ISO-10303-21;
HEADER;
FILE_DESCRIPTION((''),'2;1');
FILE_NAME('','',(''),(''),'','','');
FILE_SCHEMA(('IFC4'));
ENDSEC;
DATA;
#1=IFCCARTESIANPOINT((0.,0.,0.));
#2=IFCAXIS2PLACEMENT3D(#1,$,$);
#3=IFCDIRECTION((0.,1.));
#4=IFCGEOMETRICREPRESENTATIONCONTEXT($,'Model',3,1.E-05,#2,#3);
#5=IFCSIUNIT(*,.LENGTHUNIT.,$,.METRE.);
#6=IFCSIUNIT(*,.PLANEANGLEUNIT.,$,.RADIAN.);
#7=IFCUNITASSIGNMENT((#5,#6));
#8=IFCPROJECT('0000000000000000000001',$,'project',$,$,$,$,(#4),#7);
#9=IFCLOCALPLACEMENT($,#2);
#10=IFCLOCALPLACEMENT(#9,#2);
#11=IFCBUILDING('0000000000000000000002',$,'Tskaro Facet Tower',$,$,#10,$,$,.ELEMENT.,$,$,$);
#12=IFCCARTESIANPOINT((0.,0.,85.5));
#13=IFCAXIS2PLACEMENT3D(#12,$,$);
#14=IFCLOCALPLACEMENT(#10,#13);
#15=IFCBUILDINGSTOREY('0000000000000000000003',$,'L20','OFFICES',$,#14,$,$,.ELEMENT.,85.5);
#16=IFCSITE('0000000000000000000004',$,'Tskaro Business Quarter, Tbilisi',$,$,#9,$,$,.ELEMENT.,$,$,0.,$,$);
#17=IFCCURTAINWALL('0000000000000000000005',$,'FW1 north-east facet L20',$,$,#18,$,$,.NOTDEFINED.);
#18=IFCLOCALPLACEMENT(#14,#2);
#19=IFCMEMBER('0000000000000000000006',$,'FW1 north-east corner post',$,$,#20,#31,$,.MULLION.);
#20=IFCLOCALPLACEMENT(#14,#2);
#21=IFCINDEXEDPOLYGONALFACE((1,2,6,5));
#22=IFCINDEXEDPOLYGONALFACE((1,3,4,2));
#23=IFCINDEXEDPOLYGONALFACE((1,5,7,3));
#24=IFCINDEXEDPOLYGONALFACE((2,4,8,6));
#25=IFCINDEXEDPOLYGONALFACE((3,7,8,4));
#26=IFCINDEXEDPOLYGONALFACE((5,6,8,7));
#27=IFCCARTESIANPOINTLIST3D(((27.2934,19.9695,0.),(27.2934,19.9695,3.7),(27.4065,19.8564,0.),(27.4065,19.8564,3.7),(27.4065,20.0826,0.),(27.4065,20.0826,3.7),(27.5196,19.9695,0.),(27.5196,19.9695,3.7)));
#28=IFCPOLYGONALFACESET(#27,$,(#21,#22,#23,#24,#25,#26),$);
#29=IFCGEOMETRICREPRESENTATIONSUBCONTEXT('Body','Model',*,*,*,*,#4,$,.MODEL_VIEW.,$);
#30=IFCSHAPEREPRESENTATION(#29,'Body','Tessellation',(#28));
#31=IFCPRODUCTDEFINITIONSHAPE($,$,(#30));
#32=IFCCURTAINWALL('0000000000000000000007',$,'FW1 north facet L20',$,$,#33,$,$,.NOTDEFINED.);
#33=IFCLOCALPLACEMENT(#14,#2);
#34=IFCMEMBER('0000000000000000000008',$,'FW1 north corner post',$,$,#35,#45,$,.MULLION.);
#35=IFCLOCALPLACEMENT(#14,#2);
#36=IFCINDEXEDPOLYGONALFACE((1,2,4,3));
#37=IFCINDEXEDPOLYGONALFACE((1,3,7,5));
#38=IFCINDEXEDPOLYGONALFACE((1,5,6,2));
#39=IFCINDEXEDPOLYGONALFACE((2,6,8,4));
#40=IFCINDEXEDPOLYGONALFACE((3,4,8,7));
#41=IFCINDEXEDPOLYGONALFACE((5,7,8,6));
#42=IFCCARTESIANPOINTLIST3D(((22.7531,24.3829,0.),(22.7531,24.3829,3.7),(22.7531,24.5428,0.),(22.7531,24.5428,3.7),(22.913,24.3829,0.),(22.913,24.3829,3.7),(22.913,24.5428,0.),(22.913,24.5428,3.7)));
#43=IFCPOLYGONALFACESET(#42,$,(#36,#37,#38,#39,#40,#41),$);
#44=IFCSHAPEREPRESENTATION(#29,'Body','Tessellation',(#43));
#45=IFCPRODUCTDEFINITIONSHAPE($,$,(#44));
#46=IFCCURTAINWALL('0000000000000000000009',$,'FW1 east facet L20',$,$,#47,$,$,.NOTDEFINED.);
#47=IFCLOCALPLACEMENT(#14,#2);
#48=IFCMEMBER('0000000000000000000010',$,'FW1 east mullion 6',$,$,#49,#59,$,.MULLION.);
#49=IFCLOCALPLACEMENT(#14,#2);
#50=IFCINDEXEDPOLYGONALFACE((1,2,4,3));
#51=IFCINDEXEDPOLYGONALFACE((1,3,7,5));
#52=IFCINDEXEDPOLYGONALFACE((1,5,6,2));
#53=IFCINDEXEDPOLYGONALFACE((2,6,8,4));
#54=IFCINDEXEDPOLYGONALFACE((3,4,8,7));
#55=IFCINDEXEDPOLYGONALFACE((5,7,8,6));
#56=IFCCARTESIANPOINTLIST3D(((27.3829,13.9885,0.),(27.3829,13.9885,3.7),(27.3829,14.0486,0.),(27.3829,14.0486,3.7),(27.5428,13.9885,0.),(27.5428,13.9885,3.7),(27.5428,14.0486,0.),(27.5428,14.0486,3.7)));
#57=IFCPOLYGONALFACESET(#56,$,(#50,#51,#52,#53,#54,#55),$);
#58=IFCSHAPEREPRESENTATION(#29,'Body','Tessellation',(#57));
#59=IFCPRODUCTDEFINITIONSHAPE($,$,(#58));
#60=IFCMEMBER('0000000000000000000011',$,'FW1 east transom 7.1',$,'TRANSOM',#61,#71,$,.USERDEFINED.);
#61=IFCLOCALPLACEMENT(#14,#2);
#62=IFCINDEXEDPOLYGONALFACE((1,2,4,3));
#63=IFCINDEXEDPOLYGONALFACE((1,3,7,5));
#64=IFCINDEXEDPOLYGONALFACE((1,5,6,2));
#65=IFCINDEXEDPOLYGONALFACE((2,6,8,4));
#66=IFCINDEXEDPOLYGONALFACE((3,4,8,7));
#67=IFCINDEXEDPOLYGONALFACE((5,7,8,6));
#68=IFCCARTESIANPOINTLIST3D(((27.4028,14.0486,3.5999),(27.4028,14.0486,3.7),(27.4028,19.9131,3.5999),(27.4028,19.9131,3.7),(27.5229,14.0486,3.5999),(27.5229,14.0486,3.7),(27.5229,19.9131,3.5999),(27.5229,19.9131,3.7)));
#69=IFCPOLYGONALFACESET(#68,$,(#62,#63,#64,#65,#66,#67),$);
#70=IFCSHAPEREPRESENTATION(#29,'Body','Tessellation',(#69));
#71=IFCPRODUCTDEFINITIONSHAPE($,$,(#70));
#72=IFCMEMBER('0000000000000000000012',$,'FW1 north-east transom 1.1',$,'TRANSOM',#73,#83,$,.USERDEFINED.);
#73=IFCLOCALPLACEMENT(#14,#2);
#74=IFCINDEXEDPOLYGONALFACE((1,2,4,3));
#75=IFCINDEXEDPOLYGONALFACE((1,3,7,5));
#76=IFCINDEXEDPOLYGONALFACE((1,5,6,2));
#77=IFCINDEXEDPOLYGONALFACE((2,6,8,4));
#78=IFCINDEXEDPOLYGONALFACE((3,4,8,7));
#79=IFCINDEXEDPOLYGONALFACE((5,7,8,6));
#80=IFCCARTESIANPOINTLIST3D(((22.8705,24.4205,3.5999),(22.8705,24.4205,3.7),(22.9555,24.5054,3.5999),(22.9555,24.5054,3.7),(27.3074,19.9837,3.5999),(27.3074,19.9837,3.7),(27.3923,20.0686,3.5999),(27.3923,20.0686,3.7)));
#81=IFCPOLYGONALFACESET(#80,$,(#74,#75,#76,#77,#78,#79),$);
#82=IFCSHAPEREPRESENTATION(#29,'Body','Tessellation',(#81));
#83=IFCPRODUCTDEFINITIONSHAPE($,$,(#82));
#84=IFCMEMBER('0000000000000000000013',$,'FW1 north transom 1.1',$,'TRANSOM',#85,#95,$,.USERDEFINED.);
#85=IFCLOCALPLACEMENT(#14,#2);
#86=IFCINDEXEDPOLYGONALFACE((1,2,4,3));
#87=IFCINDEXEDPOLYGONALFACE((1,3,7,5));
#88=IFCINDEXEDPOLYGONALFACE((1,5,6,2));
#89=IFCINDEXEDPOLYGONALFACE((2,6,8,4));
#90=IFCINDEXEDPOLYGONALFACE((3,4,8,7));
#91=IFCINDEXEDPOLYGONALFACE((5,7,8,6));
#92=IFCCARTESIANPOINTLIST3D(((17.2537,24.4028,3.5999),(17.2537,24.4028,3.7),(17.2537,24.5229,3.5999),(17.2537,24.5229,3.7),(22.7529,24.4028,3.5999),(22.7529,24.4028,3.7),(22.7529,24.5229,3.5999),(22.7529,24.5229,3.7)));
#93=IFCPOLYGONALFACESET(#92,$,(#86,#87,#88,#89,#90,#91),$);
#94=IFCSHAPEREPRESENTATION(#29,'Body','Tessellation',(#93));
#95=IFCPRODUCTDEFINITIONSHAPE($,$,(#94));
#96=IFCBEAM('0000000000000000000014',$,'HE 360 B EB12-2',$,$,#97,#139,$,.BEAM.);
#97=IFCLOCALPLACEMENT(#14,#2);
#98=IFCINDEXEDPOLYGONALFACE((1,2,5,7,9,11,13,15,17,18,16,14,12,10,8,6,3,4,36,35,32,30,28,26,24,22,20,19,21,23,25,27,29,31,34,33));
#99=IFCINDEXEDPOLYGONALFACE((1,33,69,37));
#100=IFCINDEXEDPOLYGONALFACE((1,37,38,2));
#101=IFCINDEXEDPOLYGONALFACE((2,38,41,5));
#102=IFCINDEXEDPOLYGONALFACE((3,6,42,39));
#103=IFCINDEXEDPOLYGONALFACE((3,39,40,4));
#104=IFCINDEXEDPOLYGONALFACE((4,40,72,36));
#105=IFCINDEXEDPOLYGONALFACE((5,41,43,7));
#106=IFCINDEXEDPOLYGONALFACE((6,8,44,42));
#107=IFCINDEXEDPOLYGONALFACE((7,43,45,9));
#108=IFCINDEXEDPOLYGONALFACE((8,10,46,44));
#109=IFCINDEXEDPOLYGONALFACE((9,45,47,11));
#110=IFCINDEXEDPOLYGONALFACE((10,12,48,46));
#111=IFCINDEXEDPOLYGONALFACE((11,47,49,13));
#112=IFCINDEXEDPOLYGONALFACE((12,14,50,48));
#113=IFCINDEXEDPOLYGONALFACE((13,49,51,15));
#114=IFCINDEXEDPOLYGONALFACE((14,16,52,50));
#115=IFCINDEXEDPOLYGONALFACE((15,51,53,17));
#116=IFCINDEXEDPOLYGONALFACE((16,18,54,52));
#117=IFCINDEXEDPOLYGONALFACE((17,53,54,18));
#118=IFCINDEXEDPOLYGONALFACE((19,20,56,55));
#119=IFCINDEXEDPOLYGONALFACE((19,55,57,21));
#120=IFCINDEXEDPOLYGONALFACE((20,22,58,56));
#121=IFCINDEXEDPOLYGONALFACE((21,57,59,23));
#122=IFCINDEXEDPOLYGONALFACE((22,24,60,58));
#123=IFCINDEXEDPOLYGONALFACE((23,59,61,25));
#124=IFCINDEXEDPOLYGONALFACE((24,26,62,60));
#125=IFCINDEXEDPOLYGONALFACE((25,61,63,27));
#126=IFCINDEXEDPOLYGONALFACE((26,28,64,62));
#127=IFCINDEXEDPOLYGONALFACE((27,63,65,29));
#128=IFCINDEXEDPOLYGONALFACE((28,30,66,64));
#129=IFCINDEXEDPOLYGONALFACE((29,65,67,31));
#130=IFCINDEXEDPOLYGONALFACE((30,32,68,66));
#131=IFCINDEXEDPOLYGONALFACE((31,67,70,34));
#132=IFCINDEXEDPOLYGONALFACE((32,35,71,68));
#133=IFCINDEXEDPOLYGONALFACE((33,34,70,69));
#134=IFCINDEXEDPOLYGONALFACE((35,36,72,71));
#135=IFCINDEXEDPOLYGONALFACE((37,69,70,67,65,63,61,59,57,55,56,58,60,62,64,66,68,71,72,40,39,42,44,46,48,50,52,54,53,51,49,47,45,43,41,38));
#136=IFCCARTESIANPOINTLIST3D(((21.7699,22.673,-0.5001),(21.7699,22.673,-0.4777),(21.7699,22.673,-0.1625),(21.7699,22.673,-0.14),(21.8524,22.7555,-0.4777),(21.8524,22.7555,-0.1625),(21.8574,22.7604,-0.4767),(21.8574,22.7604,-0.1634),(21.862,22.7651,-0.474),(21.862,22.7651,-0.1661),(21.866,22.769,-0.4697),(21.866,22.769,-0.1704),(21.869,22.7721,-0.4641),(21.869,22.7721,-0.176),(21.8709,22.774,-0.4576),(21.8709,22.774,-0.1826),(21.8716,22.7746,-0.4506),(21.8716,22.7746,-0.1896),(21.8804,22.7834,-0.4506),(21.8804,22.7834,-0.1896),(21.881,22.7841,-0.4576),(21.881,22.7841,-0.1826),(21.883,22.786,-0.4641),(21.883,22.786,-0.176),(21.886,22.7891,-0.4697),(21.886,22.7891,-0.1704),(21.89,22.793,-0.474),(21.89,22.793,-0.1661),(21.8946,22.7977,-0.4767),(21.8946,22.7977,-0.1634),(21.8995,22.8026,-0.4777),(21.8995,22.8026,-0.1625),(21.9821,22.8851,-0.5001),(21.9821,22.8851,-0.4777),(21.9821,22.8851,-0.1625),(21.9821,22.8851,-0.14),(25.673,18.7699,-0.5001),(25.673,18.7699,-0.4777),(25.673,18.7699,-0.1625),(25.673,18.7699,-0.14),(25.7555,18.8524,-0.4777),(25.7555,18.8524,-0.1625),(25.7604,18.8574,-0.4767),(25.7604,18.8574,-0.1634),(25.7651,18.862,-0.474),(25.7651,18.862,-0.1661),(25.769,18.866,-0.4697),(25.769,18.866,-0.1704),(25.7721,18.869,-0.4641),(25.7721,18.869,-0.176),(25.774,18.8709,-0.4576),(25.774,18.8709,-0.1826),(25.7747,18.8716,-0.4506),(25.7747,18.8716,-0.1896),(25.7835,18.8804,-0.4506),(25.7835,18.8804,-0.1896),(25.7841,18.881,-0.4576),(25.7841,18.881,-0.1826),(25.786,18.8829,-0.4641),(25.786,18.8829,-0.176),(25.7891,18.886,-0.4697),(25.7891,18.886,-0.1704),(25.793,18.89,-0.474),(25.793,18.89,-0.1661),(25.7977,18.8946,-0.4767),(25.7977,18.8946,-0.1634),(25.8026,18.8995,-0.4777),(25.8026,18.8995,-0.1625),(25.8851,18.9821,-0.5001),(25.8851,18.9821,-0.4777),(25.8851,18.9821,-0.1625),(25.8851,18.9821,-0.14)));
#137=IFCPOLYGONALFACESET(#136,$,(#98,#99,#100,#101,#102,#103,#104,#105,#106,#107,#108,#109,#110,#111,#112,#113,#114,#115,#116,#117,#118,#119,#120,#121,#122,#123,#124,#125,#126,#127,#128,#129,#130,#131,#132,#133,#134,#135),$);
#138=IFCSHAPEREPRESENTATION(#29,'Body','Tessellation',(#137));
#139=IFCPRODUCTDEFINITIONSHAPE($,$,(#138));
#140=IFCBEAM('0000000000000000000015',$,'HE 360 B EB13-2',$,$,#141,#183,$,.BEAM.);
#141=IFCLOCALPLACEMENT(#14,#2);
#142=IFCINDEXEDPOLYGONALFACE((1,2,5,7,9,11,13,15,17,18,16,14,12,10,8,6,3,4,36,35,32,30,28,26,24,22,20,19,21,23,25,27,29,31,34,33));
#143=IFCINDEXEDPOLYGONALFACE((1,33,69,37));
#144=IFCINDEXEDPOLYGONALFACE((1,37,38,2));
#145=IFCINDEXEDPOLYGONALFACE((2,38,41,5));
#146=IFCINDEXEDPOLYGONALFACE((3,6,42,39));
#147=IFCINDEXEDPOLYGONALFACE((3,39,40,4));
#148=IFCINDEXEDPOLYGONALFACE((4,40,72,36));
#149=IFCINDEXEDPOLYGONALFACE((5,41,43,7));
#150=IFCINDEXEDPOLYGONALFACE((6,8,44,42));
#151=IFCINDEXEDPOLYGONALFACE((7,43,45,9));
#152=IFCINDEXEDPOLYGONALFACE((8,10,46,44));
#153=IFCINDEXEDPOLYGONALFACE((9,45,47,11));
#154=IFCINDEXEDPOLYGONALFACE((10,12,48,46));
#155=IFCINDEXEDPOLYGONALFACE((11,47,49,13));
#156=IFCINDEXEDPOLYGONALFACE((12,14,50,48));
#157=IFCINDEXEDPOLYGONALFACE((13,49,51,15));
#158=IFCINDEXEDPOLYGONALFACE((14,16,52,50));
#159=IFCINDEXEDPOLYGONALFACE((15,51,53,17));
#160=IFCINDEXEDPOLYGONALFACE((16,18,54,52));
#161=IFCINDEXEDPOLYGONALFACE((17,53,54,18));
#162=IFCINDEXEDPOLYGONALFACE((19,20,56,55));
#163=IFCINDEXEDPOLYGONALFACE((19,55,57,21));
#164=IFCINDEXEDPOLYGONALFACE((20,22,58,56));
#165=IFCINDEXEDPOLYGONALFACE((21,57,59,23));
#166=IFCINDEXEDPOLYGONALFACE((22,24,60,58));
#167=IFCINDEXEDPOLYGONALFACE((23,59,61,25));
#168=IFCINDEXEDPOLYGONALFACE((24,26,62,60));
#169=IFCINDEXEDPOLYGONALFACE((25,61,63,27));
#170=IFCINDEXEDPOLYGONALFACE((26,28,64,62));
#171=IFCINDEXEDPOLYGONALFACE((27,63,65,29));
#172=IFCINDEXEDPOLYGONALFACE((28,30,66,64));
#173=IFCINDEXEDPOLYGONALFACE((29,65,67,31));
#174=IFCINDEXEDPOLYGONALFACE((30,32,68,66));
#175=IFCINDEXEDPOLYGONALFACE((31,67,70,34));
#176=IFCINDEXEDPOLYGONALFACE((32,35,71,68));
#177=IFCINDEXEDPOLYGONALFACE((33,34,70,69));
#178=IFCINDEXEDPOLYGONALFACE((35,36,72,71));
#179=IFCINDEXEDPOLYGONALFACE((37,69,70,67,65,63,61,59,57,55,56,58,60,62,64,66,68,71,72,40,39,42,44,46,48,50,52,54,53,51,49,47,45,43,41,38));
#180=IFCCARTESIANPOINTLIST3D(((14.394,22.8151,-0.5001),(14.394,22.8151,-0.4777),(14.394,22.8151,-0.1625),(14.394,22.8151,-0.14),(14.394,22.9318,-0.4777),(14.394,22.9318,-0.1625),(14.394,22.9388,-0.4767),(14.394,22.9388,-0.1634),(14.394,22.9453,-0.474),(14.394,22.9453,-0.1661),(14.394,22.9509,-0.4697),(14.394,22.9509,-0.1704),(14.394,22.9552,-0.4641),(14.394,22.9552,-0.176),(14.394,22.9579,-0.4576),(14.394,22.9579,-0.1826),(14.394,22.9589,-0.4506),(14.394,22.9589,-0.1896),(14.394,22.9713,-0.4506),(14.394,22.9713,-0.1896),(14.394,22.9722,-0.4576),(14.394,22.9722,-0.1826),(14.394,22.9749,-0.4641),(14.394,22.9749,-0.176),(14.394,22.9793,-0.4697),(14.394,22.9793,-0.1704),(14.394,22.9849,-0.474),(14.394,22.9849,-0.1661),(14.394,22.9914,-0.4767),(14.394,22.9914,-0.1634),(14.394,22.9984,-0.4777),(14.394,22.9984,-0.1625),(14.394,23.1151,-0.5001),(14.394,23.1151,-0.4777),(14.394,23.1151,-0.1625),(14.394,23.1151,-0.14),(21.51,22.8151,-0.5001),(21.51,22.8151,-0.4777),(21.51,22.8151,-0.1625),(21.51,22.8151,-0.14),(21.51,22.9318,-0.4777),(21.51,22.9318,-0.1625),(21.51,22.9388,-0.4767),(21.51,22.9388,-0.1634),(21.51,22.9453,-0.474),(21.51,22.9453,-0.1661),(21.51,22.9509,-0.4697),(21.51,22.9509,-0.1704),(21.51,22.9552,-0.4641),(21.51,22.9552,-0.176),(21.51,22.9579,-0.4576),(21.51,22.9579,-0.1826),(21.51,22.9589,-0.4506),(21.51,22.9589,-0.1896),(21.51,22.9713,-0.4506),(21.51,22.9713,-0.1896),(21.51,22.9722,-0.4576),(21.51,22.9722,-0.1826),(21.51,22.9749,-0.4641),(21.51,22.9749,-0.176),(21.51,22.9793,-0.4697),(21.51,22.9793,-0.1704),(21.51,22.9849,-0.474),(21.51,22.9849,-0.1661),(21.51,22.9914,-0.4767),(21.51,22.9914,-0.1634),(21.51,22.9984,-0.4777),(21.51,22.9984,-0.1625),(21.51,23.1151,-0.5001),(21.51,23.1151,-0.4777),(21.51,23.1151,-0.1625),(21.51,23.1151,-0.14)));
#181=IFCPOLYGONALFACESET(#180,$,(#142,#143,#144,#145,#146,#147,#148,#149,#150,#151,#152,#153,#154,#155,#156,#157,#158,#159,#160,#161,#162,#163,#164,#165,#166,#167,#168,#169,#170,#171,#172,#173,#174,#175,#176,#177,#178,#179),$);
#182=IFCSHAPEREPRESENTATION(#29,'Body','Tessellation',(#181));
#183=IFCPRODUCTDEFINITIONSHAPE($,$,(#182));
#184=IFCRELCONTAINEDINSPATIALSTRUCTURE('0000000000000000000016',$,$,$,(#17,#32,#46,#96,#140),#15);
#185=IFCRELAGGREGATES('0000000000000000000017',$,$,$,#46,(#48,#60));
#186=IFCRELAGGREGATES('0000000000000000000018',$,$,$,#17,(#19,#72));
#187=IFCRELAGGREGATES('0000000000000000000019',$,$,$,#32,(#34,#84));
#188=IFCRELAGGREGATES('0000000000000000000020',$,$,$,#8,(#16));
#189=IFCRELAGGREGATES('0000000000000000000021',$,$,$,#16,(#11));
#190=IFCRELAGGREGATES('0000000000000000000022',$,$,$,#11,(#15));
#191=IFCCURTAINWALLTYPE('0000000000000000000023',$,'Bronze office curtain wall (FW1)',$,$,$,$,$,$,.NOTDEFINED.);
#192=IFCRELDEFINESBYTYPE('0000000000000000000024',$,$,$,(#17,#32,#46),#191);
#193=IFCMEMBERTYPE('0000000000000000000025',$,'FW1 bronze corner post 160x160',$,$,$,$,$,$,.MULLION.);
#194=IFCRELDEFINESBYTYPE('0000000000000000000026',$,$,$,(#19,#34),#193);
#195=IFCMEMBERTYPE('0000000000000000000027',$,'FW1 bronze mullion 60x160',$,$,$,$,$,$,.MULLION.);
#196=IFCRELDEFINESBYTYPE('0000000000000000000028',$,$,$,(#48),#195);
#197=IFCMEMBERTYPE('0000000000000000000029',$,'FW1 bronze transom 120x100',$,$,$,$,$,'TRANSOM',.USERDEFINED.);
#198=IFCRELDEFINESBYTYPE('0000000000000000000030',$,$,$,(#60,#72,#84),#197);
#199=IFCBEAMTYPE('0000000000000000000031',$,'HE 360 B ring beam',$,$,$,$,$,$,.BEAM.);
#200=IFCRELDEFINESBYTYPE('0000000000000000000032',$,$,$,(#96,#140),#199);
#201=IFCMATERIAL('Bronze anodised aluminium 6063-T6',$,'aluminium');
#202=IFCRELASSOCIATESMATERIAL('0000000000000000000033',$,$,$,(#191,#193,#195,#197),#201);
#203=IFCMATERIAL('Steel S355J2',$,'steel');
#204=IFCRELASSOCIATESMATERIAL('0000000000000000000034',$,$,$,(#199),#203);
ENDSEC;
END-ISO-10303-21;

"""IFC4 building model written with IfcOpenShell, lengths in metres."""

from ifc_helpers import new_model, si_unit, direction, frame, origin, origin_2d, place, context, subcontext, project, spatial, rectangle, i_section, extrude, material, material_profile, profile_set, type_object, element, aggregate, save


model = new_model("IFC4")

# Units and contexts
model_context = context("Model", 3, precision=1e-05, world=origin(), true_north=direction((0.0, 1.0)))
body_context = subcontext(model_context, "Body", "Model", "MODEL_VIEW")
ifc_project = project(units=[si_unit("LENGTHUNIT", "METRE"), si_unit("PLANEANGLEUNIT", "RADIAN")], contexts=[model_context])

# Site, building, storey
site_placement = place(None, origin())
site = spatial("IfcSite", under=ifc_project, at=site_placement, Name="Tskaro Business Quarter, Tbilisi", CompositionType="ELEMENT", RefElevation=0.0)
building_placement = place(site_placement, origin())
building = spatial("IfcBuilding", under=site, at=building_placement, Name="Tskaro Facet Tower", CompositionType="ELEMENT")
storey_placement = place(building_placement, frame((0.0, 0.0, 85.5)))
storey = spatial("IfcBuildingStorey", under=building, at=storey_placement, Name="L20", Description="OFFICES", CompositionType="ELEMENT", Elevation=85.5)

# Curtain walls, members
ifc_material_1 = material(Name="Bronze anodised aluminium 6063-T6", Category="aluminium")
curtain_wall_type = type_object("IfcCurtainWallType", Name="Bronze office curtain wall (FW1)", PredefinedType="NOTDEFINED", material=ifc_material_1)
curtain_wall_1_placement = place(storey_placement, origin())
curtain_wall_1 = element("IfcCurtainWall", 1, at=curtain_wall_1_placement, inside=storey, type_object=curtain_wall_type, Name="FW1 north-east facet L20", PredefinedType="NOTDEFINED")
ifc_material_profile_1 = material_profile(ifc_material_1, rectangle(XDim=0.1599, YDim=0.1599, at=origin_2d()), Name="Corner post 160x160")
ifc_profile_set_1 = profile_set([ifc_material_profile_1], Name="Bronze anodised aluminium 6063-T6")
member_type_1 = type_object("IfcMemberType", Name="FW1 bronze corner post 160x160", PredefinedType="MULLION", material=ifc_profile_set_1)
member_1_placement = place(storey_placement, frame((27.4065, 19.9695, 0.0), z_axis=(0.0, 0.0, 1.0), x_axis=(-0.707107, 0.707107, 0.0)))
member_1 = element("IfcMember", 2, at=member_1_placement, type_object=member_type_1, Name="FW1 north-east corner post", PredefinedType="MULLION", context=body_context, shape_type="SweptSolid", body=[
    extrude(rectangle(XDim=0.1599, YDim=0.1599, at=origin_2d()), origin(), (0.0, 0.0, 1.0), 3.7),
])
curtain_wall_2_placement = place(storey_placement, origin())
curtain_wall_2 = element("IfcCurtainWall", 3, at=curtain_wall_2_placement, inside=storey, type_object=curtain_wall_type, Name="FW1 north facet L20", PredefinedType="NOTDEFINED")
member_2_placement = place(storey_placement, frame((22.833, 24.4629, 0.0), z_axis=(0.0, 0.0, 1.0), x_axis=(-1.0, 0.0, 0.0)))
member_2 = element("IfcMember", 4, at=member_2_placement, type_object=member_type_1, Name="FW1 north corner post", PredefinedType="MULLION", context=body_context, shape_type="SweptSolid", body=[
    extrude(rectangle(XDim=0.1599, YDim=0.1599, at=origin_2d()), origin(), (0.0, 0.0, 1.0), 3.7),
])

# Curtain wall, members
curtain_wall_3_placement = place(storey_placement, origin())
curtain_wall_3 = element("IfcCurtainWall", 5, at=curtain_wall_3_placement, inside=storey, type_object=curtain_wall_type, Name="FW1 east facet L20", PredefinedType="NOTDEFINED")
ifc_material_profile_2 = material_profile(ifc_material_1, rectangle(XDim=0.0601, YDim=0.1599, at=origin_2d()), Name="Mullion 60x160")
ifc_profile_set_2 = profile_set([ifc_material_profile_2], Name="Bronze anodised aluminium 6063-T6")
member_type_2 = type_object("IfcMemberType", Name="FW1 bronze mullion 60x160", PredefinedType="MULLION", material=ifc_profile_set_2)
member_3_placement = place(storey_placement, frame((27.4629, 14.0186, 0.0), z_axis=(0.0, 0.0, 1.0), x_axis=(0.0, 1.0, 0.0)))
member_3 = element("IfcMember", 6, at=member_3_placement, type_object=member_type_2, Name="FW1 east mullion 6", PredefinedType="MULLION", context=body_context, shape_type="SweptSolid", body=[
    extrude(rectangle(XDim=0.0601, YDim=0.1599, at=origin_2d()), origin(), (0.0, 0.0, 1.0), 3.7),
])
ifc_material_profile_3 = material_profile(ifc_material_1, rectangle(XDim=0.1201, YDim=0.1001, at=origin_2d()), Name="Transom 120x100")
ifc_profile_set_3 = profile_set([ifc_material_profile_3], Name="Bronze anodised aluminium 6063-T6")
member_type_3 = type_object("IfcMemberType", Name="FW1 bronze transom 120x100", ElementType="TRANSOM", PredefinedType="USERDEFINED", material=ifc_profile_set_3)
member_4_placement = place(storey_placement, frame((27.4629, 14.0486, 3.6499), z_axis=(0.0, 1.0, 0.0), x_axis=(-1.0, 0.0, 0.0)))
member_4 = element("IfcMember", 7, at=member_4_placement, type_object=member_type_3, Name="FW1 east transom 7.1", ObjectType="TRANSOM", PredefinedType="USERDEFINED", context=body_context, shape_type="SweptSolid", body=[
    extrude(rectangle(XDim=0.1201, YDim=0.1001, at=origin_2d()), origin(), (0.0, 0.0, 1.0), 5.8645),
])

# Members
member_5_placement = place(storey_placement, frame((27.3499, 20.0261, 3.6499), z_axis=(-0.707107, 0.707107, 0.0), x_axis=(-0.707107, -0.707107, 0.0)))
member_5 = element("IfcMember", 8, at=member_5_placement, type_object=member_type_3, Name="FW1 north-east transom 1.1", ObjectType="TRANSOM", PredefinedType="USERDEFINED", context=body_context, shape_type="SweptSolid", body=[
    extrude(rectangle(XDim=0.1201, YDim=0.1001, at=origin_2d()), origin(), (0.0, 0.0, 1.0), 6.2747),
])
member_6_placement = place(storey_placement, frame((22.7529, 24.4629, 3.6499), z_axis=(-1.0, 0.0, 0.0), x_axis=(0.0, -1.0, 0.0)))
member_6 = element("IfcMember", 9, at=member_6_placement, type_object=member_type_3, Name="FW1 north transom 1.1", ObjectType="TRANSOM", PredefinedType="USERDEFINED", context=body_context, shape_type="SweptSolid", body=[
    extrude(rectangle(XDim=0.1201, YDim=0.1001, at=origin_2d()), origin(), (0.0, 0.0, 1.0), 5.4993),
])

# Beams
ifc_material_2 = material(Name="Steel S355J2", Category="steel")
ifc_material_profile_4 = material_profile(ifc_material_2, i_section(OverallWidth=0.3, OverallDepth=0.3601, WebThickness=0.0125, FlangeThickness=0.0225, FilletRadius=0.0271, at=origin_2d()), Name="HE 360 B")
ifc_profile_set_4 = profile_set([ifc_material_profile_4], Name="Steel S355J2")
beam_type_1 = type_object("IfcBeamType", Name="HE 360 B ring beam", PredefinedType="BEAM", material=ifc_profile_set_4)
beam_1_placement = place(storey_placement, frame((25.7791, 18.876, -0.3201), z_axis=(-0.707107, 0.707107, 0.0), x_axis=(-0.707107, -0.707107, 0.0)))
element("IfcBeam", 10, at=beam_1_placement, inside=storey, type_object=beam_type_1, Name="HE 360 B EB12-2", PredefinedType="BEAM", context=body_context, shape_type="SweptSolid", body=[
    extrude(i_section(OverallWidth=0.3, OverallDepth=0.3601, WebThickness=0.0125, FlangeThickness=0.0225, FilletRadius=0.0271, at=origin_2d()), origin(), (0.0, 0.0, 1.0), 5.5198),
])
beam_2_placement = place(storey_placement, frame((21.51, 22.9651, -0.3201), z_axis=(-1.0, 0.0, 0.0), x_axis=(0.0, -1.0, 0.0)))
element("IfcBeam", 11, at=beam_2_placement, inside=storey, type_object=beam_type_1, Name="HE 360 B EB13-2", PredefinedType="BEAM", context=body_context, shape_type="SweptSolid", body=[
    extrude(i_section(OverallWidth=0.3, OverallDepth=0.3601, WebThickness=0.0125, FlangeThickness=0.0225, FilletRadius=0.0271, at=origin_2d()), origin(), (0.0, 0.0, 1.0), 7.116),
])

aggregate(curtain_wall_3, [member_3, member_4])
aggregate(curtain_wall_1, [member_1, member_5])
aggregate(curtain_wall_2, [member_2, member_6])

save(model, "model.ifc")
